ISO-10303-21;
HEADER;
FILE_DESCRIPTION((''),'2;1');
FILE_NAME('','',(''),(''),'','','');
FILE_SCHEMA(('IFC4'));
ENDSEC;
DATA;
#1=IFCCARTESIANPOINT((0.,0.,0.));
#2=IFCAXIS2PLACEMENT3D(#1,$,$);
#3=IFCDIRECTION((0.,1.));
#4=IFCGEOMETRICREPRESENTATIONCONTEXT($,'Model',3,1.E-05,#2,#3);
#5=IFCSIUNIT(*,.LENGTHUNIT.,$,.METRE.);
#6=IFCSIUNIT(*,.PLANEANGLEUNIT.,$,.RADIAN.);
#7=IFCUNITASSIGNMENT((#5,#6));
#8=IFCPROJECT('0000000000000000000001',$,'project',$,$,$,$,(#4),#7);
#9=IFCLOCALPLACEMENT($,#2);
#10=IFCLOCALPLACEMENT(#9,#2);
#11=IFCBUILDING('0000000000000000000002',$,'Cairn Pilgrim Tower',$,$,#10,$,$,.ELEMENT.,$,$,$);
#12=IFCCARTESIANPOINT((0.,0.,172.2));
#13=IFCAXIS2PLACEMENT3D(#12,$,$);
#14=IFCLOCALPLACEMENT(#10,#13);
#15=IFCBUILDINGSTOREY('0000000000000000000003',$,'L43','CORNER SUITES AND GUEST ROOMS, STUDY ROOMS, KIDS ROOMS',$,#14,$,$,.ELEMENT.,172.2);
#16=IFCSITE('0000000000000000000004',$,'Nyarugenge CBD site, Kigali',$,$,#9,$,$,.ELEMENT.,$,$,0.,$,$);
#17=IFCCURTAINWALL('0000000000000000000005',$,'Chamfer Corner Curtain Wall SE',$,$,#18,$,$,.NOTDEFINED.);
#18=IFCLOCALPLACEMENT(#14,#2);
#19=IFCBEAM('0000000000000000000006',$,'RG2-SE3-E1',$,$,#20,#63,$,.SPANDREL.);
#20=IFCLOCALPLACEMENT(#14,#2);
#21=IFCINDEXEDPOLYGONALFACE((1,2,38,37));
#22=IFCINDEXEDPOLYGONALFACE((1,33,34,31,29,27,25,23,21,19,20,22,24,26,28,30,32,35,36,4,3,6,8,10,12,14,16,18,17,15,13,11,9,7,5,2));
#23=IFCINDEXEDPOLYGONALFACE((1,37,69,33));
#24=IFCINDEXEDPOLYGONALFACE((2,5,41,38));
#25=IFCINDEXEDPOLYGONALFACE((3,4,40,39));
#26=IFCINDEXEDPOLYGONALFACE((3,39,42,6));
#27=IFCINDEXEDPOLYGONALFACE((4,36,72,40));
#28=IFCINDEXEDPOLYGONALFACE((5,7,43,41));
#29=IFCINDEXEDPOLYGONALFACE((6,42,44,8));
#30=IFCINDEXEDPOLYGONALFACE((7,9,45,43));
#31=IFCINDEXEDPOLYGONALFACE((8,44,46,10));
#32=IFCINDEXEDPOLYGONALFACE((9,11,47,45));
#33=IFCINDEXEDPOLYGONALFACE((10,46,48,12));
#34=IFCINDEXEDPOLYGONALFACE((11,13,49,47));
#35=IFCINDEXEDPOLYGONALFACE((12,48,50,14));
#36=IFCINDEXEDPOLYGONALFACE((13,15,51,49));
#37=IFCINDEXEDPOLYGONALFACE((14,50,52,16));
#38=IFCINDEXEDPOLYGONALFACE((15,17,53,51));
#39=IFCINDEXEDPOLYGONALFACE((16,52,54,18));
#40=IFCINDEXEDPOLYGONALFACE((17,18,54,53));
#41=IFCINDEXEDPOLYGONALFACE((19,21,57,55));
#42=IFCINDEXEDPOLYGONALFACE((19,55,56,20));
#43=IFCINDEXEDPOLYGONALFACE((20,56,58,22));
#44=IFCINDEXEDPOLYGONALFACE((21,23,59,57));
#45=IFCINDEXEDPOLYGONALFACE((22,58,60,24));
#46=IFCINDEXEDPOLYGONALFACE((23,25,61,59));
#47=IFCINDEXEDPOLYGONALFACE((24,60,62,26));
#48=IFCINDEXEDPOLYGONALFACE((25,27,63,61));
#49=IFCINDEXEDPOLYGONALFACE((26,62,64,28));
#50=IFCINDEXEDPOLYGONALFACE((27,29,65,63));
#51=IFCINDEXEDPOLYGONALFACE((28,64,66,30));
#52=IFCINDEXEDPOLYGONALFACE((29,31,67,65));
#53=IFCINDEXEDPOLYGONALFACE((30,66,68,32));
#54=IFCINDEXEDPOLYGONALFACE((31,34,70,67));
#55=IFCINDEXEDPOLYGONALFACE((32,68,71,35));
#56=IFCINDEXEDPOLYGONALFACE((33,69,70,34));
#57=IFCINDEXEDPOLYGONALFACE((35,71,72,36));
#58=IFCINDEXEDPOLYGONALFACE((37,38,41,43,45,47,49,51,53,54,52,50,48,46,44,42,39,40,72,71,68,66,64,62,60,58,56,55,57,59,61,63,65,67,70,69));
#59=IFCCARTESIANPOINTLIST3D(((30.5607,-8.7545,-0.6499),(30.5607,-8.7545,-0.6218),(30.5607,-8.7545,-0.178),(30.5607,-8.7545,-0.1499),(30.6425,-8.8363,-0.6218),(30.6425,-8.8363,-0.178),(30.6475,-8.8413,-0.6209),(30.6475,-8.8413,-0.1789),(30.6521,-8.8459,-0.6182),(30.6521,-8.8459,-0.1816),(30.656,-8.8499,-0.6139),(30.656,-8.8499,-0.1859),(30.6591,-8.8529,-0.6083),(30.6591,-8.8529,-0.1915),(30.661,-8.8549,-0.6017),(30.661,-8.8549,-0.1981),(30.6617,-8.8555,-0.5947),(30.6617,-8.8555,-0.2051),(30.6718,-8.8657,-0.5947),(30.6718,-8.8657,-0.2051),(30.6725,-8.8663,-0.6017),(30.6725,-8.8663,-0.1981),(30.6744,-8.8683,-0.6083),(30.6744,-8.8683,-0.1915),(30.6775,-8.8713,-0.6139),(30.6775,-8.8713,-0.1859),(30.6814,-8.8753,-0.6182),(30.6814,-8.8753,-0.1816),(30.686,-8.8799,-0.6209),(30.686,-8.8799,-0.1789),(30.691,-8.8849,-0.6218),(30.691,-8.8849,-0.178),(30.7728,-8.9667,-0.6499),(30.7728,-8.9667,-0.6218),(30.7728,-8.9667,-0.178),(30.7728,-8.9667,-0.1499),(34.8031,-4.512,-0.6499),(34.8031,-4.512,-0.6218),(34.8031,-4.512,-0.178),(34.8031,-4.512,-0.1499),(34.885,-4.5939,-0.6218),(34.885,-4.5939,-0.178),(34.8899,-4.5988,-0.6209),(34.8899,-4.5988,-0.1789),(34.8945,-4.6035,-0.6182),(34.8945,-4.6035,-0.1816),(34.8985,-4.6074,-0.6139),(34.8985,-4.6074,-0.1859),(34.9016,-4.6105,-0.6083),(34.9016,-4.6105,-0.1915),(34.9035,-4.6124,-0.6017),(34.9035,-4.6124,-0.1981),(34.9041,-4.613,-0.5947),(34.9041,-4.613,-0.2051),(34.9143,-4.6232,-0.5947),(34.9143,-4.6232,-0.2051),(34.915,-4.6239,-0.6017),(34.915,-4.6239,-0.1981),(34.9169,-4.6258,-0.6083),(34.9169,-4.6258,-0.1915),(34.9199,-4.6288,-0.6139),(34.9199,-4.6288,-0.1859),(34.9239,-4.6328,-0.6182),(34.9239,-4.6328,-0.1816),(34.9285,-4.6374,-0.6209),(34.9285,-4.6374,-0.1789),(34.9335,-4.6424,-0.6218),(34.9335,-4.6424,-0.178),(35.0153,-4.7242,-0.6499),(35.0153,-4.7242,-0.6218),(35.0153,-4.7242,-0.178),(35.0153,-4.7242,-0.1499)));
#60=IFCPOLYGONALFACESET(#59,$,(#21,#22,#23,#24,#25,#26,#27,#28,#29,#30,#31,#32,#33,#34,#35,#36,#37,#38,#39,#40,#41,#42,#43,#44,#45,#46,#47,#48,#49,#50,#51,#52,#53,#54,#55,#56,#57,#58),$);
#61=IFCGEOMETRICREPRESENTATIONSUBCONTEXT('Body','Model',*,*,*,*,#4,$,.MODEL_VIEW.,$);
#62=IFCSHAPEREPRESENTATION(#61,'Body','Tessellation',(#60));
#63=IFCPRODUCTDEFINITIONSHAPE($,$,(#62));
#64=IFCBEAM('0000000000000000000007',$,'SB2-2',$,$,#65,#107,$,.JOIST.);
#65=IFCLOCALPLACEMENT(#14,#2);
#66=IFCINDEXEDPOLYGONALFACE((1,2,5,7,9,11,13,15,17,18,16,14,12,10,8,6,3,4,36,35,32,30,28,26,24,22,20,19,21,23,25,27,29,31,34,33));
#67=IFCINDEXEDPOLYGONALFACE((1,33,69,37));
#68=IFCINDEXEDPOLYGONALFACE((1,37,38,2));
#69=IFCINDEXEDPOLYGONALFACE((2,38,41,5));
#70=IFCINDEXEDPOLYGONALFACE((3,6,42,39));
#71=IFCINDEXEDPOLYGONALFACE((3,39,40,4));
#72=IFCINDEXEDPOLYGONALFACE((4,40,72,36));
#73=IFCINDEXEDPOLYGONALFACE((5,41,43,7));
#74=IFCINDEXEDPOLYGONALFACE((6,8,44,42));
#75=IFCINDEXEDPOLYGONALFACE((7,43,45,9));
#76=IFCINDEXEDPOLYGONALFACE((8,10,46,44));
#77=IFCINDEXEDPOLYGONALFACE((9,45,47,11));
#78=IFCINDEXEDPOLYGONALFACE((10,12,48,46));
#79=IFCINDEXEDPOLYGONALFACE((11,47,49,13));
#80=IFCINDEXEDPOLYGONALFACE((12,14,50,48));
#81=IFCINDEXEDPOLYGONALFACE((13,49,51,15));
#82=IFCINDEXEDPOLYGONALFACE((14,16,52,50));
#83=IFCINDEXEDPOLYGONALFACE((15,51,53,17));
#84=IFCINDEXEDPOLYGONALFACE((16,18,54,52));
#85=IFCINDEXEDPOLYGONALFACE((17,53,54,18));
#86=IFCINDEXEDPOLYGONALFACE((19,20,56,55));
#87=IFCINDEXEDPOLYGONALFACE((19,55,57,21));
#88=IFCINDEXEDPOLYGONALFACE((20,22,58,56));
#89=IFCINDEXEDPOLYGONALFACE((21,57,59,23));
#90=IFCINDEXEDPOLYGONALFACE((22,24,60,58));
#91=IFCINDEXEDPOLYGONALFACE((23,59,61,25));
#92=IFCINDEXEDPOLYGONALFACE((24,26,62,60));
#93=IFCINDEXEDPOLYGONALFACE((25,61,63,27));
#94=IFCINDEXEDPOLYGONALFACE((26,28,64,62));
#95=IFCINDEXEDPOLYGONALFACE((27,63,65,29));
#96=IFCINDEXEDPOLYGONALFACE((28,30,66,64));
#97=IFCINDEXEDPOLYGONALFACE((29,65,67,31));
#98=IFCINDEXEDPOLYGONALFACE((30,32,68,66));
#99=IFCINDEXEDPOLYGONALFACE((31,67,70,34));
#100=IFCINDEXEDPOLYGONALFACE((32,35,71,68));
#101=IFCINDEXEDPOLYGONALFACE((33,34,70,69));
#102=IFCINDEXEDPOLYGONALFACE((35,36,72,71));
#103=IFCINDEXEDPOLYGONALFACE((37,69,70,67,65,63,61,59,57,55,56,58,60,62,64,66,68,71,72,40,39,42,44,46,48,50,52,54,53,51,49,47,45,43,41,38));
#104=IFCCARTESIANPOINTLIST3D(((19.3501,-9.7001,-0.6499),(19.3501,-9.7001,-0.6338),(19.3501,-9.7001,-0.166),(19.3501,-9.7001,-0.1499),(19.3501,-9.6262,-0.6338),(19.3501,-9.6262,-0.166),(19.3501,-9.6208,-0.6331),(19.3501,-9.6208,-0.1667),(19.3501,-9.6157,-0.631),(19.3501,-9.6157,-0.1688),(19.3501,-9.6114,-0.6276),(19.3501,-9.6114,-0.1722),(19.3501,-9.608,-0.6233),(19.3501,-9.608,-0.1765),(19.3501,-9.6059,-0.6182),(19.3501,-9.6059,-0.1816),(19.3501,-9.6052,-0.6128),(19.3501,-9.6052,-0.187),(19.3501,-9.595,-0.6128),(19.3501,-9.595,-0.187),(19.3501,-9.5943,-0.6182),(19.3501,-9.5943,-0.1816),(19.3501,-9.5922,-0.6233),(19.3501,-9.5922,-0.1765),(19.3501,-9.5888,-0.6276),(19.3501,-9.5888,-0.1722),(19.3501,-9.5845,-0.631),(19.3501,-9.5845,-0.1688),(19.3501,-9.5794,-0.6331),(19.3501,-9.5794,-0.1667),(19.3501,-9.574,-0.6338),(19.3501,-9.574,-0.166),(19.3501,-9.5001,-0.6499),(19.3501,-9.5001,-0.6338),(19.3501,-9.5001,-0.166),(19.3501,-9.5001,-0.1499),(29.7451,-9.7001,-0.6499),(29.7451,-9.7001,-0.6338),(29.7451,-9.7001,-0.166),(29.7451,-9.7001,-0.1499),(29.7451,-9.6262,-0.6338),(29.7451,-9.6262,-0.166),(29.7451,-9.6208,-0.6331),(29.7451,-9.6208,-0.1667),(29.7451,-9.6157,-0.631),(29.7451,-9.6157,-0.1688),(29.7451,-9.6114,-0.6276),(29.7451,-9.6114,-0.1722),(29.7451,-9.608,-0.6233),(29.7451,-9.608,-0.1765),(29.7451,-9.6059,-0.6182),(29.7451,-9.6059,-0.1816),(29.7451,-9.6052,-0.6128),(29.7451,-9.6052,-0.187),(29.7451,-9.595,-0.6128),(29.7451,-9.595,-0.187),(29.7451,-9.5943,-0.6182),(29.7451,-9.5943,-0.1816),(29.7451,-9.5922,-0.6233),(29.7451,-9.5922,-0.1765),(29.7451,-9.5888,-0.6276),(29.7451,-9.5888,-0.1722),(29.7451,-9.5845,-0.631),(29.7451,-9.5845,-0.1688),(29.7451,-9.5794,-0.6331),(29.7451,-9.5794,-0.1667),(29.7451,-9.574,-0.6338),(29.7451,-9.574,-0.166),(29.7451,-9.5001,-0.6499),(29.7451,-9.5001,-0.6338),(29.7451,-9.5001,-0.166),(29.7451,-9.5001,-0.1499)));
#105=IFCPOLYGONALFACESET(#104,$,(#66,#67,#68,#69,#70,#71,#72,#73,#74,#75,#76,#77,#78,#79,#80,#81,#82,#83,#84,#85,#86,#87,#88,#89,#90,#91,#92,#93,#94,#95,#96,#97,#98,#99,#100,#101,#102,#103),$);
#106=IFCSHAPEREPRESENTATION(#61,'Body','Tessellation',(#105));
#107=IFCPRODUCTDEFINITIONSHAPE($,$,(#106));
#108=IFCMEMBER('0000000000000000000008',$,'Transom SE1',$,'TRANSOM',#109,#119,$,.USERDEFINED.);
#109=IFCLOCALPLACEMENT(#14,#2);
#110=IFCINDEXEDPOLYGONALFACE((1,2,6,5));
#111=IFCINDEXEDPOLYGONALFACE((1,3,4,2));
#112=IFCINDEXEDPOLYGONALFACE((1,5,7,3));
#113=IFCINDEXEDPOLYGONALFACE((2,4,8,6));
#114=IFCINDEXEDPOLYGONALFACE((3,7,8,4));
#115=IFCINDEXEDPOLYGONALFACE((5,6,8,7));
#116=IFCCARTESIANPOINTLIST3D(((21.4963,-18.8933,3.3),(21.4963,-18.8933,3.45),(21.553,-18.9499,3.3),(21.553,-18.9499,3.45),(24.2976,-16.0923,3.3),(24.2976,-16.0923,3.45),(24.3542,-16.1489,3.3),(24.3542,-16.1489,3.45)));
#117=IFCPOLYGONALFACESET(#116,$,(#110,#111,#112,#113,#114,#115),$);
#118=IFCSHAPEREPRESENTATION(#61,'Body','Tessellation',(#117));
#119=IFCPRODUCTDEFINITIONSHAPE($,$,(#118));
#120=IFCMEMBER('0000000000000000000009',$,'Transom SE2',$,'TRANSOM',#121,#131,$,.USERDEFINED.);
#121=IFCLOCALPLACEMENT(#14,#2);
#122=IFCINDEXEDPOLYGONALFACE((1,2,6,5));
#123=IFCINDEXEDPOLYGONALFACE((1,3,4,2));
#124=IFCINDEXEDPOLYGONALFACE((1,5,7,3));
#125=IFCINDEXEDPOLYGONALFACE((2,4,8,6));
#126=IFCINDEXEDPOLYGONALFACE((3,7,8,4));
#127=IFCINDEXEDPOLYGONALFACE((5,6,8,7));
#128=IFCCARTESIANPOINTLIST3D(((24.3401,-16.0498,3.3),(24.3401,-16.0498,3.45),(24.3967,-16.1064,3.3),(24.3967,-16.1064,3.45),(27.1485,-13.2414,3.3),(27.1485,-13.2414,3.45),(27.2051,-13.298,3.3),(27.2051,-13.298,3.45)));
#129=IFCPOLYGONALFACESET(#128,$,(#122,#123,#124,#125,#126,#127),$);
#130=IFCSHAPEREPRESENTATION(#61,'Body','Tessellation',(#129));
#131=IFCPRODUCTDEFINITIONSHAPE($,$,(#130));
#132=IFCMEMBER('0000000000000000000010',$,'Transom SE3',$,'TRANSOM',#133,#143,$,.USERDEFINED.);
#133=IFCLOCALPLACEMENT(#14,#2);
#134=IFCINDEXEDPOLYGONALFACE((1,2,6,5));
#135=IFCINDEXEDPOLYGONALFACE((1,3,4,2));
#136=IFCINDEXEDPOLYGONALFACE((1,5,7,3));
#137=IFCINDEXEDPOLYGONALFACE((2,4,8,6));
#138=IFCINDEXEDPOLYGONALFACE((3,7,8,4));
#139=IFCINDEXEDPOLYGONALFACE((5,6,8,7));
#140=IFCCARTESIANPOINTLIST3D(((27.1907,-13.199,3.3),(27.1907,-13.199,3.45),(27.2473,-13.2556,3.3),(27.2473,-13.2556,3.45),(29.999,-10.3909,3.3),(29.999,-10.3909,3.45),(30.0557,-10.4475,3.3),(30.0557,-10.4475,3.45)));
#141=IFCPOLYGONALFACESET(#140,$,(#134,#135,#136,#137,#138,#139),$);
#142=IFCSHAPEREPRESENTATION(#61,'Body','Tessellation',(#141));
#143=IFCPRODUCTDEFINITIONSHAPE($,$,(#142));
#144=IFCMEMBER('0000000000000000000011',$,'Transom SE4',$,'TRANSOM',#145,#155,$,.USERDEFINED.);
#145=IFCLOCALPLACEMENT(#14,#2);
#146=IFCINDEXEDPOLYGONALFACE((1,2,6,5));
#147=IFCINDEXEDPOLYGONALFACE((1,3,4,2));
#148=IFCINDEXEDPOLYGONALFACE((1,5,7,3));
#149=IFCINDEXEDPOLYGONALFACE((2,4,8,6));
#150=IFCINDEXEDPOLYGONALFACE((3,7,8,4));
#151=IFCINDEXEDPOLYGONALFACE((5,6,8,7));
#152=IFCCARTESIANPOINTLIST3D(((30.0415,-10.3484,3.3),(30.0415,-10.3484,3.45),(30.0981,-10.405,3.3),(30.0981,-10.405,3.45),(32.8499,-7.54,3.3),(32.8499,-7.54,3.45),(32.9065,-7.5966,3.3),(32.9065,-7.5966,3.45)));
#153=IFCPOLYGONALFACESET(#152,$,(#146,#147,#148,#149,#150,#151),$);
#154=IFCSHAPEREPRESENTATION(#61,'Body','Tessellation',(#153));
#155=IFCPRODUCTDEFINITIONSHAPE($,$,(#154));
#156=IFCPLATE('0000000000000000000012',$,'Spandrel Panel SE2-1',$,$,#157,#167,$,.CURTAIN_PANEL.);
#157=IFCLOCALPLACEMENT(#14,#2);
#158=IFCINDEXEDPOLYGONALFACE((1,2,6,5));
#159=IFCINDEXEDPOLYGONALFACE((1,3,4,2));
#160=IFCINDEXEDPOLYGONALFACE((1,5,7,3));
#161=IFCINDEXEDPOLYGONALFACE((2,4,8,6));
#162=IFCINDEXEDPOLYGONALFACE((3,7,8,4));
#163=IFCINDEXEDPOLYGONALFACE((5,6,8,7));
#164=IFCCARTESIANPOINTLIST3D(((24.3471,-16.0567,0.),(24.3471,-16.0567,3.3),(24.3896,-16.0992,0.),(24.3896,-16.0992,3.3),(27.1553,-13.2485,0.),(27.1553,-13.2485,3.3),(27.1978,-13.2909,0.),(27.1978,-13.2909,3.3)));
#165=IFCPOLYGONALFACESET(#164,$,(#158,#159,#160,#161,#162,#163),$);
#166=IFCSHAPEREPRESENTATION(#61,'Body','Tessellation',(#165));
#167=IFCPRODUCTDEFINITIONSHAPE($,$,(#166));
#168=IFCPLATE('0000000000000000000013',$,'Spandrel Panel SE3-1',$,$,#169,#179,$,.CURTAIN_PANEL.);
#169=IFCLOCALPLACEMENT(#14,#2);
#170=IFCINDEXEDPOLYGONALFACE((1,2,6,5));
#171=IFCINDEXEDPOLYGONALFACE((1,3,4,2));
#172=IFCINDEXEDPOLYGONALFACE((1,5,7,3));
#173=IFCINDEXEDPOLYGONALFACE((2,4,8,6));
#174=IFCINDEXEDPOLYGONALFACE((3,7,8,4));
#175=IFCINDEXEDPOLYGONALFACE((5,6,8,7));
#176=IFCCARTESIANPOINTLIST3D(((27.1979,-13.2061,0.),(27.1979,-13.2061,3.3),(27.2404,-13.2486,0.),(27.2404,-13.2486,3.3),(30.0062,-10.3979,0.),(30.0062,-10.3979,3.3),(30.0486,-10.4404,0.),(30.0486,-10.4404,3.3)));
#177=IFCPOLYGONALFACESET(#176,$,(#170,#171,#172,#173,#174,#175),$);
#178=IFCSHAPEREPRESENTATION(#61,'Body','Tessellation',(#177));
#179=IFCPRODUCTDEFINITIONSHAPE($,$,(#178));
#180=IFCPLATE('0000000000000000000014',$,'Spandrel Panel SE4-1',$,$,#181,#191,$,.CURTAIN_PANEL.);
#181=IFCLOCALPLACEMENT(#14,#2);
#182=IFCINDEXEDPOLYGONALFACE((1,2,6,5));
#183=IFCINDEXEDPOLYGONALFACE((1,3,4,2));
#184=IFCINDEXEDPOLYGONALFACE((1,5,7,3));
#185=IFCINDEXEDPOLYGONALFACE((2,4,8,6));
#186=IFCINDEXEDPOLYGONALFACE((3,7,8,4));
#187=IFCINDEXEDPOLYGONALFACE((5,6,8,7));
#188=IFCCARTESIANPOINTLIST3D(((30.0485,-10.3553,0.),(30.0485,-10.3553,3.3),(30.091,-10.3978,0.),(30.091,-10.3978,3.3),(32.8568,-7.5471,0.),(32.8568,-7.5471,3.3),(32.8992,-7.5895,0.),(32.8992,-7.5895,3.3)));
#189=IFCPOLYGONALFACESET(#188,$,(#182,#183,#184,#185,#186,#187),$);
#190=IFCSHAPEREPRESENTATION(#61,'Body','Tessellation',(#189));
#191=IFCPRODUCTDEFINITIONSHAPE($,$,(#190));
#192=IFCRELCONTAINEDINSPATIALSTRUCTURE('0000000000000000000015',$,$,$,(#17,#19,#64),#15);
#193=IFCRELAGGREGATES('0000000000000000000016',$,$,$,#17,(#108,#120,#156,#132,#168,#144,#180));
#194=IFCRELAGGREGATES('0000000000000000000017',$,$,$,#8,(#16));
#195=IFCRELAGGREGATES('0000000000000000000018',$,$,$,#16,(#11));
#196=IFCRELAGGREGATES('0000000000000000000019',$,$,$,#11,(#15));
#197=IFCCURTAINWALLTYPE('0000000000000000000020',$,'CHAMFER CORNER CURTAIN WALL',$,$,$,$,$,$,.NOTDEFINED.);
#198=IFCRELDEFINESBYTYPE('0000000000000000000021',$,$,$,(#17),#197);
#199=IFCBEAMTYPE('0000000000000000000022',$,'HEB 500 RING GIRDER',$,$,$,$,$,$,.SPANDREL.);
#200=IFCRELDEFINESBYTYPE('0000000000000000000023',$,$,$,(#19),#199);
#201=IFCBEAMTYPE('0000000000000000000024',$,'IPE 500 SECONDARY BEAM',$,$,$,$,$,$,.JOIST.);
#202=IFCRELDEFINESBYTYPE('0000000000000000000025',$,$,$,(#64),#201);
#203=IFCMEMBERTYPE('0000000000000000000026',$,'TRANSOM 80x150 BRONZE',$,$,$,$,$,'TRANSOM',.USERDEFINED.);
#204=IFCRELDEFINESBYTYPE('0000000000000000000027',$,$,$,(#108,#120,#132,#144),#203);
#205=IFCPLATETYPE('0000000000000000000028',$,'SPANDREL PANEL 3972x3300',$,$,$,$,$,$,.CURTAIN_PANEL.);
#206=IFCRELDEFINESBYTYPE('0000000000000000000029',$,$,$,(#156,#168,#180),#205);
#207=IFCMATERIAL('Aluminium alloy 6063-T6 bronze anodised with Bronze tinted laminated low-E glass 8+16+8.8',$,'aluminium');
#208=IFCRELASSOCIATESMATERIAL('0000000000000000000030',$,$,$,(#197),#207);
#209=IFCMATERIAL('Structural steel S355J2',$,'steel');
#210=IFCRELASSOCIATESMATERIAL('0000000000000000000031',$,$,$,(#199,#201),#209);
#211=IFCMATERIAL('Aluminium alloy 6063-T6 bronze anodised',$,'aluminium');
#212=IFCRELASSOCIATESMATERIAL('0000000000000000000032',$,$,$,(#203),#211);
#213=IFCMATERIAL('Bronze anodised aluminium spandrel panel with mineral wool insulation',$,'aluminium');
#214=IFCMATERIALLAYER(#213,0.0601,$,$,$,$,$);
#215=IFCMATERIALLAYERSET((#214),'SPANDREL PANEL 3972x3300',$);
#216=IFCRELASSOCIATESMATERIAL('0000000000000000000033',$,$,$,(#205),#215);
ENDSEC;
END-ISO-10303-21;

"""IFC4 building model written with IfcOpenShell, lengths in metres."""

from ifc_helpers import new_model, si_unit, direction, frame, origin, origin_2d, place, context, subcontext, project, spatial, rectangle, i_section, extrude, material, layer, layer_set, material_profile, profile_set, type_object, element, aggregate, save


model = new_model("IFC4")

# Units and contexts
model_context = context("Model", 3, precision=1e-05, world=origin(), true_north=direction((0.0, 1.0)))
body_context = subcontext(model_context, "Body", "Model", "MODEL_VIEW")
ifc_project = project(units=[si_unit("LENGTHUNIT", "METRE"), si_unit("PLANEANGLEUNIT", "RADIAN")], contexts=[model_context])

# Site, building, storey
site_placement = place(None, origin())
site = spatial("IfcSite", under=ifc_project, at=site_placement, Name="Nyarugenge CBD site, Kigali", CompositionType="ELEMENT", RefElevation=0.0)
building_placement = place(site_placement, origin())
building = spatial("IfcBuilding", under=site, at=building_placement, Name="Cairn Pilgrim Tower", CompositionType="ELEMENT")
storey_placement = place(building_placement, frame((0.0, 0.0, 172.2)))
storey = spatial("IfcBuildingStorey", under=building, at=storey_placement, Name="L43", Description="CORNER SUITES AND GUEST ROOMS, STUDY ROOMS, KIDS ROOMS", CompositionType="ELEMENT", Elevation=172.2)

# Shared definitions
ifc_material_1 = material(Name="Structural steel S355J2", Category="steel")

# Curtain wall
ifc_material_2 = material(Name="Aluminium alloy 6063-T6 bronze anodised with Bronze tinted laminated low-E glass 8+16+8.8", Category="aluminium")
curtain_wall_type = type_object("IfcCurtainWallType", Name="CHAMFER CORNER CURTAIN WALL", PredefinedType="NOTDEFINED", material=ifc_material_2)
curtain_wall_placement = place(storey_placement, origin())
curtain_wall = element("IfcCurtainWall", 1, at=curtain_wall_placement, inside=storey, type_object=curtain_wall_type, Name="Chamfer Corner Curtain Wall SE", PredefinedType="NOTDEFINED")
ifc_material_3 = material(Name="Aluminium alloy 6063-T6 bronze anodised", Category="aluminium")

# Beams
ifc_material_profile_1 = material_profile(ifc_material_1, i_section(OverallWidth=0.3, OverallDepth=0.5, WebThickness=0.0144, FlangeThickness=0.0281, FilletRadius=0.0271, at=origin_2d()), Name="HEB 500")
ifc_profile_set_1 = profile_set([ifc_material_profile_1], Name="Structural steel S355J2")
beam_type_1 = type_object("IfcBeamType", Name="HEB 500 RING GIRDER", PredefinedType="SPANDREL", material=ifc_profile_set_1)
for number, where, z_axis, x_axis, name in (
    (2, (30.6667, -8.8606, -0.3999), (0.707107, 0.707107, 0.0), (-0.707107, 0.707107, 0.0), "RG2-SE3-E1"),
):
    element("IfcBeam", number, at=place(storey_placement, frame(where, z_axis=z_axis, x_axis=x_axis)), inside=storey, type_object=beam_type_1, Name=name, PredefinedType="SPANDREL", context=body_context, shape_type="SweptSolid", body=[
        extrude(i_section(OverallWidth=0.3, OverallDepth=0.5, WebThickness=0.0144, FlangeThickness=0.0281, FilletRadius=0.0271, at=origin_2d()), origin(), (0.0, 0.0, 1.0), 5.9998),
    ])
ifc_material_profile_2 = material_profile(ifc_material_1, i_section(OverallWidth=0.2, OverallDepth=0.5, WebThickness=0.0103, FlangeThickness=0.0161, FilletRadius=0.021, at=origin_2d()), Name="IPE 500")
ifc_profile_set_2 = profile_set([ifc_material_profile_2], Name="Structural steel S355J2")
beam_type_2 = type_object("IfcBeamType", Name="IPE 500 SECONDARY BEAM", PredefinedType="JOIST", material=ifc_profile_set_2)
beam_placement = place(storey_placement, frame((19.3501, -9.6001, -0.3999), z_axis=(1.0, 0.0, 0.0), x_axis=(0.0, 1.0, 0.0)))
element("IfcBeam", 3, at=beam_placement, inside=storey, type_object=beam_type_2, Name="SB2-2", PredefinedType="JOIST", context=body_context, shape_type="SweptSolid", body=[
    extrude(i_section(OverallWidth=0.2, OverallDepth=0.5, WebThickness=0.0103, FlangeThickness=0.0161, FilletRadius=0.021, at=origin_2d()), origin(), (0.0, 0.0, 1.0), 10.395),
])

# Members
ifc_material_profile_3 = material_profile(ifc_material_3, rectangle(XDim=0.0801, YDim=0.1499, at=origin_2d()), Name="TRANSOM 80x150 BRONZE")
ifc_profile_set_3 = profile_set([ifc_material_profile_3], Name="Aluminium alloy 6063-T6 bronze anodised")
member_type_1 = type_object("IfcMemberType", Name="TRANSOM 80x150 BRONZE", ElementType="TRANSOM", PredefinedType="USERDEFINED", material=ifc_profile_set_3)
member_1_placement = place(storey_placement, frame((21.5247, -18.9216, 3.375), z_axis=(0.707138, 0.707076, 0.0), x_axis=(-0.707076, 0.707138, 0.0)))
member_1 = element("IfcMember", 4, at=member_1_placement, type_object=member_type_1, Name="Transom SE1", ObjectType="TRANSOM", PredefinedType="USERDEFINED", context=body_context, shape_type="SweptSolid", body=[
    extrude(rectangle(XDim=0.0801, YDim=0.1499, at=origin_2d()), origin(), (0.0, 0.0, 1.0), 3.9614),
])
member_2_placement = place(storey_placement, frame((24.3684, -16.0781, 3.375), z_axis=(0.707107, 0.707107, 0.0), x_axis=(-0.707107, 0.707107, 0.0)))
member_2 = element("IfcMember", 5, at=member_2_placement, type_object=member_type_1, Name="Transom SE2", ObjectType="TRANSOM", PredefinedType="USERDEFINED", context=body_context, shape_type="SweptSolid", body=[
    extrude(rectangle(XDim=0.0801, YDim=0.1499, at=origin_2d()), origin(), (0.0, 0.0, 1.0), 3.9717),
])
member_3_placement = place(storey_placement, frame((27.219, -13.2273, 3.375), z_axis=(0.707138, 0.707076, 0.0), x_axis=(-0.707076, 0.707138, 0.0)))
member_3 = element("IfcMember", 6, at=member_3_placement, type_object=member_type_1, Name="Transom SE3", ObjectType="TRANSOM", PredefinedType="USERDEFINED", context=body_context, shape_type="SweptSolid", body=[
    extrude(rectangle(XDim=0.0801, YDim=0.1499, at=origin_2d()), origin(), (0.0, 0.0, 1.0), 3.9714),
])
member_4_placement = place(storey_placement, frame((30.0698, -10.3767, 3.375), z_axis=(0.707107, 0.707107, 0.0), x_axis=(-0.707107, 0.707107, 0.0)))
member_4 = element("IfcMember", 7, at=member_4_placement, type_object=member_type_1, Name="Transom SE4", ObjectType="TRANSOM", PredefinedType="USERDEFINED", context=body_context, shape_type="SweptSolid", body=[
    extrude(rectangle(XDim=0.0801, YDim=0.1499, at=origin_2d()), origin(), (0.0, 0.0, 1.0), 3.9717),
])

# Plates
ifc_material_4 = material(Name="Bronze anodised aluminium spandrel panel with mineral wool insulation", Category="aluminium")
ifc_layer_1 = layer(ifc_material_4, 0.0601)
ifc_layer_set_1 = layer_set([ifc_layer_1], Name="SPANDREL PANEL 3972x3300")
plate_type_1 = type_object("IfcPlateType", Name="SPANDREL PANEL 3972x3300", PredefinedType="CURTAIN_PANEL", material=ifc_layer_set_1)
plate_1_placement = place(storey_placement, frame((25.7725, -14.6738, 0.0), z_axis=(0.0, 0.0, 1.0), x_axis=(0.707107, 0.707107, 0.0)))
plate_1 = element("IfcPlate", 8, at=plate_1_placement, type_object=plate_type_1, Name="Spandrel Panel SE2-1", PredefinedType="CURTAIN_PANEL", context=body_context, shape_type="SweptSolid", body=[
    extrude(rectangle(XDim=3.9714, YDim=0.0601, at=origin_2d()), origin(), (0.0, 0.0, 1.0), 3.3),
])
plate_2_placement = place(storey_placement, frame((28.6233, -11.8232, 0.0), z_axis=(0.0, 0.0, 1.0), x_axis=(0.707107, 0.707107, 0.0)))
plate_2 = element("IfcPlate", 9, at=plate_2_placement, type_object=plate_type_1, Name="Spandrel Panel SE3-1", PredefinedType="CURTAIN_PANEL", context=body_context, shape_type="SweptSolid", body=[
    extrude(rectangle(XDim=3.9714, YDim=0.0601, at=origin_2d()), origin(), (0.0, 0.0, 1.0), 3.3),
])
plate_3_placement = place(storey_placement, frame((31.4739, -8.9724, 0.0), z_axis=(0.0, 0.0, 1.0), x_axis=(0.707107, 0.707107, 0.0)))
plate_3 = element("IfcPlate", 10, at=plate_3_placement, type_object=plate_type_1, Name="Spandrel Panel SE4-1", PredefinedType="CURTAIN_PANEL", context=body_context, shape_type="SweptSolid", body=[
    extrude(rectangle(XDim=3.9714, YDim=0.0601, at=origin_2d()), origin(), (0.0, 0.0, 1.0), 3.3),
])
aggregate(curtain_wall, [member_1, member_2, plate_1, member_3, plate_2, member_4, plate_3])

save(model, "model.ifc")
